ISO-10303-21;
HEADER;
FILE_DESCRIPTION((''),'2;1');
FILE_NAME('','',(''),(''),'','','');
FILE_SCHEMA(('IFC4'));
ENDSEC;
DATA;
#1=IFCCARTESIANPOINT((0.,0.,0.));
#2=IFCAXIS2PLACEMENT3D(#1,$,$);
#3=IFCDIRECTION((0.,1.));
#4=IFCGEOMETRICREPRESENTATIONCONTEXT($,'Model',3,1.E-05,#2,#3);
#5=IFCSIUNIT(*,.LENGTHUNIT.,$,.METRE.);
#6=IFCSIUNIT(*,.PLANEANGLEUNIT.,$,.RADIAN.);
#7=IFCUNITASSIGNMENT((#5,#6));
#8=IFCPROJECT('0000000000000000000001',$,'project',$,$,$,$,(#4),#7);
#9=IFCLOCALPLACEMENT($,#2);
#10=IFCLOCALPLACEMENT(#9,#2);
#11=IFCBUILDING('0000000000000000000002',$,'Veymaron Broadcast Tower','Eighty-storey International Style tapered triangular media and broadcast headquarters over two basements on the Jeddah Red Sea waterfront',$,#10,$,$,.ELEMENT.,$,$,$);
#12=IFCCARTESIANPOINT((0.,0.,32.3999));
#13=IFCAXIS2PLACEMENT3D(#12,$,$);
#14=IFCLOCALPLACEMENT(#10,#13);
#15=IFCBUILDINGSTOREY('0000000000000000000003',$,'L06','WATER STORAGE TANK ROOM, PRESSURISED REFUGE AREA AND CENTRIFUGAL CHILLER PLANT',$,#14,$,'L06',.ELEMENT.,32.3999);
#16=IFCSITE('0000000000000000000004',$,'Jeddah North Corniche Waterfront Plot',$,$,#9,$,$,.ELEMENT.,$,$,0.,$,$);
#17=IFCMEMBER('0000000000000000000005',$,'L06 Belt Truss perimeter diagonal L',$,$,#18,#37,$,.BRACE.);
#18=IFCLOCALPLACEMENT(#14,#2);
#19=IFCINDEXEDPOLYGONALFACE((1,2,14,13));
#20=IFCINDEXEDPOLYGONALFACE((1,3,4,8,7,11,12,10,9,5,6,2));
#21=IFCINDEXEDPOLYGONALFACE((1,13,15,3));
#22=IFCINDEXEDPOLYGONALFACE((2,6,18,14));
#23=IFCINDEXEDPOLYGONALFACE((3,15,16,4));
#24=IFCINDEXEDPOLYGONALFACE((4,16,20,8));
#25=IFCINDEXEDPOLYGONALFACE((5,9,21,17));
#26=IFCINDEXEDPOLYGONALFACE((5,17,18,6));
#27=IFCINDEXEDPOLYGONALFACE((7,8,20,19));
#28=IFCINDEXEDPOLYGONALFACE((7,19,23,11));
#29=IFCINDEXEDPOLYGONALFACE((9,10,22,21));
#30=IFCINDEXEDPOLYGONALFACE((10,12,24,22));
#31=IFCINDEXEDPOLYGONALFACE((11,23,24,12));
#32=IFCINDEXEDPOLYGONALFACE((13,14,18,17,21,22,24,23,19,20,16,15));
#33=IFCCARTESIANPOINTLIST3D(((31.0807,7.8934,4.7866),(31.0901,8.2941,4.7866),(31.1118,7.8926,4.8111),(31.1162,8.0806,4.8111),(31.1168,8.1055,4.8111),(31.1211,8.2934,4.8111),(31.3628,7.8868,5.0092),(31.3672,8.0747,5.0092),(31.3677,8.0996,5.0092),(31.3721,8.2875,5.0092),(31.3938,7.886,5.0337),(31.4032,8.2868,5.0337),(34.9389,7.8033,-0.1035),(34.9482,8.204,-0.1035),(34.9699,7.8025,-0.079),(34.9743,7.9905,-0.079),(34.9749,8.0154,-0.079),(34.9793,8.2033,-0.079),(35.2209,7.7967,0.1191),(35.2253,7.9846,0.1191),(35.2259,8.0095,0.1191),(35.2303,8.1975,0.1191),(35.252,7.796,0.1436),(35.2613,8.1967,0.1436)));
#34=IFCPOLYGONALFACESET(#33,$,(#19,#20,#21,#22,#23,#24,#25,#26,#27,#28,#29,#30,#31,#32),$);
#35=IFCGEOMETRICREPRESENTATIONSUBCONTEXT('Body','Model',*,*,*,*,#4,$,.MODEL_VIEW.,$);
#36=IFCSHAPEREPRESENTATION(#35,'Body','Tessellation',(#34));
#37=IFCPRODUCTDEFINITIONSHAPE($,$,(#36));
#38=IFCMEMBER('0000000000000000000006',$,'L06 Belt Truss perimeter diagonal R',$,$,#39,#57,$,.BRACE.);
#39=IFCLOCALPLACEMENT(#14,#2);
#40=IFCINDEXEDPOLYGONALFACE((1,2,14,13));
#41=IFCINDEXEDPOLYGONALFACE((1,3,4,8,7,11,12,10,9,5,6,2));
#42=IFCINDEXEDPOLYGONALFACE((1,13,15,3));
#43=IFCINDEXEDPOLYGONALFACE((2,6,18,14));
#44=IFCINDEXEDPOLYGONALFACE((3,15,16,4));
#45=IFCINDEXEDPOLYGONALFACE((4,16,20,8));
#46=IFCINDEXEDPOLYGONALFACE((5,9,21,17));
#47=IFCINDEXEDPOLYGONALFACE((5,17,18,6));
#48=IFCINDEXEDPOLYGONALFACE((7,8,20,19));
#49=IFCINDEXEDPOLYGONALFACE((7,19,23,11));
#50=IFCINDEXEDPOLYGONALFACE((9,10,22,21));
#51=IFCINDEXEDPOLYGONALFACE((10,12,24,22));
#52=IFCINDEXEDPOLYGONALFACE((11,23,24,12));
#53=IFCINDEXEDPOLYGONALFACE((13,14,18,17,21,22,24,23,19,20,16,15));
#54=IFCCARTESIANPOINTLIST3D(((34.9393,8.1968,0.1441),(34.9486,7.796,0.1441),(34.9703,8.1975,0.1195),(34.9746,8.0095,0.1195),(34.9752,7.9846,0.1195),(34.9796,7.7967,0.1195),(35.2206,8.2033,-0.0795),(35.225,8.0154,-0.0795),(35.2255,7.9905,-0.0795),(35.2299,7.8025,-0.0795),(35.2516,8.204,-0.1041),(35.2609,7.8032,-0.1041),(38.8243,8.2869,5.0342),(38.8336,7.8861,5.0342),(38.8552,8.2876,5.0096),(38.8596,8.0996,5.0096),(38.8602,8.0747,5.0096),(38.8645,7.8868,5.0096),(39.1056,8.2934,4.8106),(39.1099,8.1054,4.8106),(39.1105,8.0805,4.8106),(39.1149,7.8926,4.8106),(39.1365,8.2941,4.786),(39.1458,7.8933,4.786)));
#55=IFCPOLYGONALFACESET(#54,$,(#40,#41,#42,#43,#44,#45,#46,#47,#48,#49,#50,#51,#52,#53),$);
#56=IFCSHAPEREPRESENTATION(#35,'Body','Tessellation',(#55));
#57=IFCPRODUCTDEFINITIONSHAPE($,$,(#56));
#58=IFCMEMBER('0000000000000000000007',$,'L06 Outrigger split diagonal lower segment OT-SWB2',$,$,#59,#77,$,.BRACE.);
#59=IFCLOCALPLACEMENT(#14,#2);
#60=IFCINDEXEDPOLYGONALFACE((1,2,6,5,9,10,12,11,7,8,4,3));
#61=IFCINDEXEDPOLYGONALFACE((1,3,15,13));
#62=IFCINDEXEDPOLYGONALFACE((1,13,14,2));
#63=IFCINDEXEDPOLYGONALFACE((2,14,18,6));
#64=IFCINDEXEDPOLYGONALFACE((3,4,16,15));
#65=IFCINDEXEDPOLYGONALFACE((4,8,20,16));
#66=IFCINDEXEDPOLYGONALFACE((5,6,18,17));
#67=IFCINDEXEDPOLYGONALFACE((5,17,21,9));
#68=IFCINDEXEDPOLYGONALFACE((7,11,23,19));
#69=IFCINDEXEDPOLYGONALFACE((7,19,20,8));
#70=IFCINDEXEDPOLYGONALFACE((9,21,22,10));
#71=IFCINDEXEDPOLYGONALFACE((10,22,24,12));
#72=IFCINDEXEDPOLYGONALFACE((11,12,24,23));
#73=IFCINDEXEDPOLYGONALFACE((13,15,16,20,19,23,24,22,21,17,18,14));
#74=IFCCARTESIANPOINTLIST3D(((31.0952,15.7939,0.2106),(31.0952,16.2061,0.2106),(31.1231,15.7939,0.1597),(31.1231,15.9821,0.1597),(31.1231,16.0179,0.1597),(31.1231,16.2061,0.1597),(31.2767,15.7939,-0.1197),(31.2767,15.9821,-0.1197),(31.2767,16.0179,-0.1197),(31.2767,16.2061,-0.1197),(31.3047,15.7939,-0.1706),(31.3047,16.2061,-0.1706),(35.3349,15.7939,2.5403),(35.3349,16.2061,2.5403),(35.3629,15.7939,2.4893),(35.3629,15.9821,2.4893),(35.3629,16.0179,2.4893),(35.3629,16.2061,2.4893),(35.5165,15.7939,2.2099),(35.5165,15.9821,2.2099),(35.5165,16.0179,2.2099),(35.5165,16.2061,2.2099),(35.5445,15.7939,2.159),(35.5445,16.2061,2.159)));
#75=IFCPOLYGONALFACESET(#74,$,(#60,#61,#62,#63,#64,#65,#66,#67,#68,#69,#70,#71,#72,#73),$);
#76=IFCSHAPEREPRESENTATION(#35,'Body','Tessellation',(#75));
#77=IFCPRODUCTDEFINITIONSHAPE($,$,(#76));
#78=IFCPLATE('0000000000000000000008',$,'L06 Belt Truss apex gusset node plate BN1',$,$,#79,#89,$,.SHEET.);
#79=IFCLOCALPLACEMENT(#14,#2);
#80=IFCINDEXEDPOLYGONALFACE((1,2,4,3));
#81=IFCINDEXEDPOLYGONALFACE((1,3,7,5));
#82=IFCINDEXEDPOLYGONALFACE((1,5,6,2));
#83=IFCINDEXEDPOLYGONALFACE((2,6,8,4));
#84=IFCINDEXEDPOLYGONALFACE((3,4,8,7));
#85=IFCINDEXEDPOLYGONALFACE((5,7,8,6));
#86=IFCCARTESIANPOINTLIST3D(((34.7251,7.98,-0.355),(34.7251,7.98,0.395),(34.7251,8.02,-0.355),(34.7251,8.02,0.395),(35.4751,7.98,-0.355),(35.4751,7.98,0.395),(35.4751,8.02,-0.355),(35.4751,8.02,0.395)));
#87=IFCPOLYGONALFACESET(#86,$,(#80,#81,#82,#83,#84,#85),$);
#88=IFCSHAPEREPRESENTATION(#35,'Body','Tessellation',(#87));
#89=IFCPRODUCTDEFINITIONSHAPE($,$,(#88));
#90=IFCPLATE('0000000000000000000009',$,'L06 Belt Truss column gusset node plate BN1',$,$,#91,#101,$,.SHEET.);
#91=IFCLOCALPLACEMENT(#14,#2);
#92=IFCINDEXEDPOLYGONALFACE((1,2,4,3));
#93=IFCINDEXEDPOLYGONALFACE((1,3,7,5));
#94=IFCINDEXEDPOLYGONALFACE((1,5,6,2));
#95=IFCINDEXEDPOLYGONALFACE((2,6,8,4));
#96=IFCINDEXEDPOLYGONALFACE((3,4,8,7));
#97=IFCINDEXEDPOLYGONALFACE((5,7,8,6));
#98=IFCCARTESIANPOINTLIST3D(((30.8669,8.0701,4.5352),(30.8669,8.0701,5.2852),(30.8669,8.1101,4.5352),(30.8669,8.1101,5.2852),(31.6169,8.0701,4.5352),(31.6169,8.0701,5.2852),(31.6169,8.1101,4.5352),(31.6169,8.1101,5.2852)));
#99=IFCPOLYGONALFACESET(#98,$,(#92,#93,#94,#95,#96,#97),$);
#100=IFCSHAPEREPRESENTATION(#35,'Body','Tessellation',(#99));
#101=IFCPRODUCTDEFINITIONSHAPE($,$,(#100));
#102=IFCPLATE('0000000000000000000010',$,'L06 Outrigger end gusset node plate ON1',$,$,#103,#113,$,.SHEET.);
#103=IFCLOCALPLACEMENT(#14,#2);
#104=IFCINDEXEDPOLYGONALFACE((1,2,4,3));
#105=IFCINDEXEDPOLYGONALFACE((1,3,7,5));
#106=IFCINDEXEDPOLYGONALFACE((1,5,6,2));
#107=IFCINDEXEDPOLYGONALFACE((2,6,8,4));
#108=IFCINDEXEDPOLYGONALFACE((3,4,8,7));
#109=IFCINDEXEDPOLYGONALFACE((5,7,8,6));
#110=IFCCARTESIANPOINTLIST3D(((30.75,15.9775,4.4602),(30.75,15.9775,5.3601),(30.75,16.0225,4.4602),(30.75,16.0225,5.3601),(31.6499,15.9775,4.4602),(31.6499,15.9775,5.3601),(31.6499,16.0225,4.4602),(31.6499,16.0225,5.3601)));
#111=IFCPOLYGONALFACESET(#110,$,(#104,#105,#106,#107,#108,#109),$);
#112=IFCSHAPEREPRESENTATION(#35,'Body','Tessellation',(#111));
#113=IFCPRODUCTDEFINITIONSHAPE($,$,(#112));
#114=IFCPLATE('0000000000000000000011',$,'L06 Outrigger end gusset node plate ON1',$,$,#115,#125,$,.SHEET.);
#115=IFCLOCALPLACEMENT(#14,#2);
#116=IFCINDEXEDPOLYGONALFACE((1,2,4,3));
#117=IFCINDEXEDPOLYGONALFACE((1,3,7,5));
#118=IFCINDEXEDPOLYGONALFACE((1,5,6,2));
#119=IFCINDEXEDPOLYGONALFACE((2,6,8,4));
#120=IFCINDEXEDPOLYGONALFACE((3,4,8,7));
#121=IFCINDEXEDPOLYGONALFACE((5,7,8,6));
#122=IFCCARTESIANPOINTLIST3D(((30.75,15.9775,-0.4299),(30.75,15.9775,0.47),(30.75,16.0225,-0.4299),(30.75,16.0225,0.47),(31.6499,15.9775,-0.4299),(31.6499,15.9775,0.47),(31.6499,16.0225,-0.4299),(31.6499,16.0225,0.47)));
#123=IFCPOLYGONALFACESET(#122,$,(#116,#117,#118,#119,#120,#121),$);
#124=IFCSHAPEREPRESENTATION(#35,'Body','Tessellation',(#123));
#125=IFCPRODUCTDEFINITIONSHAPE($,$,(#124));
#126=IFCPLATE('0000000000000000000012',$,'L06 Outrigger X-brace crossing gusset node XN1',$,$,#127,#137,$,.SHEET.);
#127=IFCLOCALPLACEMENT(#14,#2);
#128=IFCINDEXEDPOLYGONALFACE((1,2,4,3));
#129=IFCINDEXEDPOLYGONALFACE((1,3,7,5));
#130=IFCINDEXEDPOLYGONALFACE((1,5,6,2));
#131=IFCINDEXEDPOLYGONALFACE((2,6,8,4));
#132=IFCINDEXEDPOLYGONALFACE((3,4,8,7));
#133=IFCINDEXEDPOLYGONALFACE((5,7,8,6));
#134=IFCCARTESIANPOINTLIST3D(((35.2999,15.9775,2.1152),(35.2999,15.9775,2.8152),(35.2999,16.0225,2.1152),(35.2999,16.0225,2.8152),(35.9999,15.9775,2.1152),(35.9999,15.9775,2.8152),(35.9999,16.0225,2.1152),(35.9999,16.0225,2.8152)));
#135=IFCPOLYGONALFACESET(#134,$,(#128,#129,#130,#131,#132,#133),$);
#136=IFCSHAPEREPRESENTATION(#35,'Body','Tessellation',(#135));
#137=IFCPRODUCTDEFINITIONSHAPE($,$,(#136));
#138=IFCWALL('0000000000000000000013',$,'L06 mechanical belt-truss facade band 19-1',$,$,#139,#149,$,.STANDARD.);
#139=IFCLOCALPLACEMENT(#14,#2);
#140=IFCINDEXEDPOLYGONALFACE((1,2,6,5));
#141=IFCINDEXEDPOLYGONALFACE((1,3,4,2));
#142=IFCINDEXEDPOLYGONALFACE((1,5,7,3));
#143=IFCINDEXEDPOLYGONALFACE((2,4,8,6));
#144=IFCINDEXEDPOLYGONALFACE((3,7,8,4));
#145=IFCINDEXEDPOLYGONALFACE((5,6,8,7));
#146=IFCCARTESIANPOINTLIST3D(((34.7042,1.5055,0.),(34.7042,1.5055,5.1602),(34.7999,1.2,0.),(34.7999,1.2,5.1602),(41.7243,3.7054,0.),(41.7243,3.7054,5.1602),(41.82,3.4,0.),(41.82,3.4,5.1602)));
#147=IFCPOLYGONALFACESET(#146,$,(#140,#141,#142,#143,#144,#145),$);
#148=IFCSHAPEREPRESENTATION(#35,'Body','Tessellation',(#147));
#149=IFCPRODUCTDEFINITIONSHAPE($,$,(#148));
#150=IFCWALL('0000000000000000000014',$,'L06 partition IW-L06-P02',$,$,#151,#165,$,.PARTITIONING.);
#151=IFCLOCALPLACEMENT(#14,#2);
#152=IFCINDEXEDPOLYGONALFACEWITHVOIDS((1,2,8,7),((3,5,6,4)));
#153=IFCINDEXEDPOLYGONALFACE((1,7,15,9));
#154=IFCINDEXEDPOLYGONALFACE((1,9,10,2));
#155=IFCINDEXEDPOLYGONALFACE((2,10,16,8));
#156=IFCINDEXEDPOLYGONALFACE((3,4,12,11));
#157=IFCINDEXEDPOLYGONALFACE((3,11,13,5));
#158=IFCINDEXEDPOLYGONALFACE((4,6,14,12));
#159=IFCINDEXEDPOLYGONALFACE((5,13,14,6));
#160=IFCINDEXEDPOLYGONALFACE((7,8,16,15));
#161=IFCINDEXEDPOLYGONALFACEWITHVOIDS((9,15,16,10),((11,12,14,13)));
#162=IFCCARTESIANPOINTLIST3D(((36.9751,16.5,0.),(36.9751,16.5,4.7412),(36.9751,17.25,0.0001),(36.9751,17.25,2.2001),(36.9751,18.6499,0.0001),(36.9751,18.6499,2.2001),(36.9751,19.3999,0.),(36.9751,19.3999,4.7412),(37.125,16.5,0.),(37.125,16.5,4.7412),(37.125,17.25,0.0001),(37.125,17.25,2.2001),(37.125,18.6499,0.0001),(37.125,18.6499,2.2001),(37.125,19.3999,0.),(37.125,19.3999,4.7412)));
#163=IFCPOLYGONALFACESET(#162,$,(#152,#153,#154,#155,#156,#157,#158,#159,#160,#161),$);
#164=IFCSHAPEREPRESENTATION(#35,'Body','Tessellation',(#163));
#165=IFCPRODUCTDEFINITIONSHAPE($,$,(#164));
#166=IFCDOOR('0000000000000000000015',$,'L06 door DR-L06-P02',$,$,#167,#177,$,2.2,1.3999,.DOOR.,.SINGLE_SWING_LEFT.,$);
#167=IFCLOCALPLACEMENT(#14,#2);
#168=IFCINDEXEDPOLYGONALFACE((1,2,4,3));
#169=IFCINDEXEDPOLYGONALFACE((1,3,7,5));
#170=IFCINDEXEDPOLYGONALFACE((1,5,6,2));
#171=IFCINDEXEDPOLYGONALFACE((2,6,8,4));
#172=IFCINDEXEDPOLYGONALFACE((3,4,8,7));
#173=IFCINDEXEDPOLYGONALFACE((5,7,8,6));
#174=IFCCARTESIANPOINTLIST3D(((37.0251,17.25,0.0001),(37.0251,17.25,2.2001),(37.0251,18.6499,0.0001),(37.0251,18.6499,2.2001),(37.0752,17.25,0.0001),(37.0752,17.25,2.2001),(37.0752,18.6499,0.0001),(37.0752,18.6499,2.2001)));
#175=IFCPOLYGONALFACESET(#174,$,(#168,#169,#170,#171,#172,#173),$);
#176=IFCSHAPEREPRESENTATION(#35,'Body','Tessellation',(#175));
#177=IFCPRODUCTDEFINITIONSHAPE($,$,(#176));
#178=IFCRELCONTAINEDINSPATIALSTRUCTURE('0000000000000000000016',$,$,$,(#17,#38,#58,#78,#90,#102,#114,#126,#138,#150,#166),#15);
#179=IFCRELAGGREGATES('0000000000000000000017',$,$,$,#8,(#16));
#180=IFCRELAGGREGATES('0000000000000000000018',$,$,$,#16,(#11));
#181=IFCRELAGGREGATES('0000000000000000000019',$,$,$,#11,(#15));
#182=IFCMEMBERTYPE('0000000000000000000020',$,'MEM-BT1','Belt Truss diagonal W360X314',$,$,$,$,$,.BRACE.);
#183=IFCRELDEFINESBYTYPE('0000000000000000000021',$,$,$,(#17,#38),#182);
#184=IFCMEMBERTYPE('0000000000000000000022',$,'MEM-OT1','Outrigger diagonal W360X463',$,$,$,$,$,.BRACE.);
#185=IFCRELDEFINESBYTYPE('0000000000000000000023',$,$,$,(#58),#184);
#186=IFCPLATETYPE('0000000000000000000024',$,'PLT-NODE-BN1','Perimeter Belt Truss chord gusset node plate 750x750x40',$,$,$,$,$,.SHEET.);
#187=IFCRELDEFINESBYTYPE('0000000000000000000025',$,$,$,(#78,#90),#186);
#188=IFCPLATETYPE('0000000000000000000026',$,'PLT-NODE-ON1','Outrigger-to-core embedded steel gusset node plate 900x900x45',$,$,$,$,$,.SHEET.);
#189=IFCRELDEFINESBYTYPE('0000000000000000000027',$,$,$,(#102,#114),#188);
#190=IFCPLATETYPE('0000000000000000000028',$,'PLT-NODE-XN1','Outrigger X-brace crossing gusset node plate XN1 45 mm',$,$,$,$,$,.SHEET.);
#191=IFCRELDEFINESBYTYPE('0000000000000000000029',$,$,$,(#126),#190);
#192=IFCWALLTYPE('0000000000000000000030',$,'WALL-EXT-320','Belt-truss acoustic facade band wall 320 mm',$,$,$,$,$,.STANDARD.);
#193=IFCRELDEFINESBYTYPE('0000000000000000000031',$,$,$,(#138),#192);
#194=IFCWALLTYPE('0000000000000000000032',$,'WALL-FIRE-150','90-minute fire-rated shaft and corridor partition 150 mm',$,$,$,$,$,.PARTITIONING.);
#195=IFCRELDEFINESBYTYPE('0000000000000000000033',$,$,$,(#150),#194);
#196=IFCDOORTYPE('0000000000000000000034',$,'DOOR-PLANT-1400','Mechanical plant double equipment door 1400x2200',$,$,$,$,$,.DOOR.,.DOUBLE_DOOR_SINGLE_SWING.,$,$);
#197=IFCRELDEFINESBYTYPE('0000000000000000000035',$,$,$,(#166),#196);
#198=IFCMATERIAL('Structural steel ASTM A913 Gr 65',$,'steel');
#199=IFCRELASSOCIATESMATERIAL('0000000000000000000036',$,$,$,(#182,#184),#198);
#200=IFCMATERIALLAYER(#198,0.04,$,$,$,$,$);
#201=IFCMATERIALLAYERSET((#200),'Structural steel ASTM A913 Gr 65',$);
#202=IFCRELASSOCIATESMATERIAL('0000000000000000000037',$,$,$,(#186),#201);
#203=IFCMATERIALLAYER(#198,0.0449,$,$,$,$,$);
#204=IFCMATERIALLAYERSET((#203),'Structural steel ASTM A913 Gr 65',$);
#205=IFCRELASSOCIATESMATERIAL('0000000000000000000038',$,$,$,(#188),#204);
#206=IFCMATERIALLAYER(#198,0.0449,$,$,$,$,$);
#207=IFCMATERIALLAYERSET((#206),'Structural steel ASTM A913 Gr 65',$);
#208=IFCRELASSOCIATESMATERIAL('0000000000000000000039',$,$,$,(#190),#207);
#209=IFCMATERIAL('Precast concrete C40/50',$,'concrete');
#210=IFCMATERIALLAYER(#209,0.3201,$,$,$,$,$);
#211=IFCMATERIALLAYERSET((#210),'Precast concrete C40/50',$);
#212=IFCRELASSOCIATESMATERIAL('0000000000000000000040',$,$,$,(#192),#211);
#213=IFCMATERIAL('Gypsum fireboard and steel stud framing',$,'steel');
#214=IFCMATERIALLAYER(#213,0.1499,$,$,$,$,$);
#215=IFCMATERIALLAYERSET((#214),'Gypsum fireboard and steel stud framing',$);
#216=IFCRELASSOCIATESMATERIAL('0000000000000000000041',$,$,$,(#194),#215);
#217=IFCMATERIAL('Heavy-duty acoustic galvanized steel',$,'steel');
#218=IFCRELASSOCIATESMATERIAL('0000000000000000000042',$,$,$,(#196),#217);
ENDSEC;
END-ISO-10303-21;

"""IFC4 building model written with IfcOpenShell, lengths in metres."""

from ifc_helpers import new_model, si_unit, direction, frame, frame_2d, origin, origin_2d, place, context, subcontext, project, spatial, rectangle, i_section, extrude, material, layer, layer_set, material_profile, profile_set, type_object, element, fill, save


model = new_model("IFC4")

# Units and contexts
model_context = context("Model", 3, precision=1e-05, world=origin(), true_north=direction((0.0, 1.0)))
body_context = subcontext(model_context, "Body", "Model", "MODEL_VIEW")
ifc_project = project(units=[si_unit("LENGTHUNIT", "METRE"), si_unit("PLANEANGLEUNIT", "RADIAN")], contexts=[model_context])

# Site, building, storey
site_placement = place(None, origin())
site = spatial("IfcSite", under=ifc_project, at=site_placement, Name="Jeddah North Corniche Waterfront Plot", CompositionType="ELEMENT", RefElevation=0.0)
building_placement = place(site_placement, origin())
building = spatial("IfcBuilding", under=site, at=building_placement, Name="Veymaron Broadcast Tower", Description="Eighty-storey International Style tapered triangular media and broadcast headquarters over two basements on the Jeddah Red Sea waterfront", CompositionType="ELEMENT")
storey_placement = place(building_placement, frame((0.0, 0.0, 32.3999)))
storey = spatial("IfcBuildingStorey", under=building, at=storey_placement, Name="L06", Description="WATER STORAGE TANK ROOM, PRESSURISED REFUGE AREA AND CENTRIFUGAL CHILLER PLANT", LongName="L06", CompositionType="ELEMENT", Elevation=32.3999)

# Members
ifc_material_1 = material(Name="Structural steel ASTM A913 Gr 65", Category="steel")
ifc_material_profile_1 = material_profile(ifc_material_1, i_section(OverallWidth=0.4009, OverallDepth=0.3989, WebThickness=0.0249, FlangeThickness=0.0396, at=origin_2d()), Name="W360X314")
ifc_profile_set_1 = profile_set([ifc_material_profile_1], Name="Structural steel ASTM A913 Gr 65")
member_type_1 = type_object("IfcMemberType", Name="MEM-BT1", Description="Belt Truss diagonal W360X314", PredefinedType="BRACE", material=ifc_profile_set_1)
member_1_placement = place(storey_placement, frame((35.1001, 8.0, 0.02), z_axis=(-0.619334, 0.014461, 0.784994), x_axis=(-0.023344, -0.999728, 0.0)))
element("IfcMember", 1, at=member_1_placement, inside=storey, type_object=member_type_1, Name="L06 Belt Truss perimeter diagonal L", PredefinedType="BRACE", context=body_context, shape_type="SweptSolid", body=[
    extrude(i_section(OverallWidth=0.4009, OverallDepth=0.3989, WebThickness=0.0249, FlangeThickness=0.0396, at=origin_2d()), origin(), (0.0, 0.0, 1.0), 6.2295),
])
member_2_placement = place(storey_placement, frame((35.1001, 8.0, 0.02), z_axis=(0.621981, 0.014423, 0.782899), x_axis=(-0.023182, 0.999731, 0.0)))
element("IfcMember", 2, at=member_2_placement, inside=storey, type_object=member_type_1, Name="L06 Belt Truss perimeter diagonal R", PredefinedType="BRACE", context=body_context, shape_type="SweptSolid", body=[
    extrude(i_section(OverallWidth=0.4009, OverallDepth=0.3989, WebThickness=0.0249, FlangeThickness=0.0396, at=origin_2d()), origin(), (0.0, 0.0, 1.0), 6.2461),
])
ifc_material_profile_2 = material_profile(ifc_material_1, i_section(OverallWidth=0.4121, OverallDepth=0.4351, WebThickness=0.0359, FlangeThickness=0.0581, at=origin_2d()), Name="W360X463")
ifc_profile_set_2 = profile_set([ifc_material_profile_2], Name="Structural steel ASTM A913 Gr 65")
member_type_2 = type_object("IfcMemberType", Name="MEM-OT1", Description="Outrigger diagonal W360X463", PredefinedType="BRACE", material=ifc_profile_set_2)
member_3_placement = place(storey_placement, frame((35.4397, 16.0, 2.3496), z_axis=(-0.876414, 0.0, -0.481558), x_axis=(0.0, -1.0, 0.0)))
element("IfcMember", 3, at=member_3_placement, inside=storey, type_object=member_type_2, Name="L06 Outrigger split diagonal lower segment OT-SWB2", PredefinedType="BRACE", context=body_context, shape_type="SweptSolid", body=[
    extrude(i_section(OverallWidth=0.4121, OverallDepth=0.4351, WebThickness=0.0359, FlangeThickness=0.0581, at=origin_2d()), origin(), (0.0, 0.0, 1.0), 4.8376),
])

# Plates
ifc_layer_1 = layer(ifc_material_1, 0.04)
ifc_layer_set_1 = layer_set([ifc_layer_1], Name="Structural steel ASTM A913 Gr 65")
plate_type_1 = type_object("IfcPlateType", Name="PLT-NODE-BN1", Description="Perimeter Belt Truss chord gusset node plate 750x750x40", PredefinedType="SHEET", material=ifc_layer_set_1)
for number, where, z_axis, x_axis, name in (
    (4, (35.1001, 8.0, -0.355), (0.0, 0.0, 1.0), (1.0, 0.0, 0.0), "L06 Belt Truss apex gusset node plate BN1"),
    (5, (31.2419, 8.0901, 4.5352), (0.0, 0.0, 1.0), (1.0, 0.0, 0.0), "L06 Belt Truss column gusset node plate BN1"),
):
    element("IfcPlate", number, at=place(storey_placement, frame(where, z_axis=z_axis, x_axis=x_axis)), inside=storey, type_object=plate_type_1, Name=name, PredefinedType="SHEET", context=body_context, shape_type="SweptSolid", body=[
        extrude(rectangle(XDim=0.75, YDim=0.04, at=origin_2d()), origin(), (0.0, 0.0, 1.0), 0.75),
    ])
ifc_layer_2 = layer(ifc_material_1, 0.0449)
ifc_layer_set_2 = layer_set([ifc_layer_2], Name="Structural steel ASTM A913 Gr 65")
plate_type_2 = type_object("IfcPlateType", Name="PLT-NODE-ON1", Description="Outrigger-to-core embedded steel gusset node plate 900x900x45", PredefinedType="SHEET", material=ifc_layer_set_2)
for number, where, z_axis, x_axis, name in (
    (6, (31.2, 16.0, 4.4602), (0.0, 0.0, 1.0), (1.0, 0.0, 0.0), "L06 Outrigger end gusset node plate ON1"),
    (7, (31.2, 16.0, -0.4299), (0.0, 0.0, 1.0), (1.0, 0.0, 0.0), "L06 Outrigger end gusset node plate ON1"),
):
    element("IfcPlate", number, at=place(storey_placement, frame(where, z_axis=z_axis, x_axis=x_axis)), inside=storey, type_object=plate_type_2, Name=name, PredefinedType="SHEET", context=body_context, shape_type="SweptSolid", body=[
        extrude(rectangle(XDim=0.8999, YDim=0.0449, at=origin_2d()), origin(), (0.0, 0.0, 1.0), 0.8999),
    ])
ifc_layer_3 = layer(ifc_material_1, 0.0449)
ifc_layer_set_3 = layer_set([ifc_layer_3], Name="Structural steel ASTM A913 Gr 65")
plate_type_3 = type_object("IfcPlateType", Name="PLT-NODE-XN1", Description="Outrigger X-brace crossing gusset node plate XN1 45 mm", PredefinedType="SHEET", material=ifc_layer_set_3)
plate_placement = place(storey_placement, frame((35.6499, 16.0, 2.1152), z_axis=(0.0, 0.0, 1.0), x_axis=(1.0, 0.0, 0.0)))
element("IfcPlate", 8, at=plate_placement, inside=storey, type_object=plate_type_3, Name="L06 Outrigger X-brace crossing gusset node XN1", PredefinedType="SHEET", context=body_context, shape_type="SweptSolid", body=[
    extrude(rectangle(XDim=0.7, YDim=0.0449, at=origin_2d()), origin(), (0.0, 0.0, 1.0), 0.7),
])

# Wall
ifc_material_2 = material(Name="Precast concrete C40/50", Category="concrete")
ifc_layer_4 = layer(ifc_material_2, 0.3201)
ifc_layer_set_4 = layer_set([ifc_layer_4], Name="Precast concrete C40/50")
wall_type_1 = type_object("IfcWallType", Name="WALL-EXT-320", Description="Belt-truss acoustic facade band wall 320 mm", PredefinedType="STANDARD", material=ifc_layer_set_4)
wall_1_placement = place(storey_placement, frame((34.7522, 1.3528, 0.0), z_axis=(0.0, 0.0, 1.0), x_axis=(0.95424, 0.299042, 0.0)))
element("IfcWall", 9, at=wall_1_placement, inside=storey, type_object=wall_type_1, Name="L06 mechanical belt-truss facade band 19-1", PredefinedType="STANDARD", context=body_context, shape_type="SweptSolid", body=[
    extrude(rectangle(XDim=7.3567, YDim=0.3201, at=frame_2d((3.6782, 0.0))), origin(), (0.0, 0.0, 1.0), 5.1602),
])

# Wall, opening, door
ifc_material_3 = material(Name="Gypsum fireboard and steel stud framing", Category="steel")
ifc_layer_5 = layer(ifc_material_3, 0.1499)
ifc_layer_set_5 = layer_set([ifc_layer_5], Name="Gypsum fireboard and steel stud framing")
wall_type_2 = type_object("IfcWallType", Name="WALL-FIRE-150", Description="90-minute fire-rated shaft and corridor partition 150 mm", PredefinedType="PARTITIONING", material=ifc_layer_set_5)
wall_2_placement = place(storey_placement, frame((37.05, 16.5, 0.0), z_axis=(0.0, 0.0, 1.0), x_axis=(0.0, 1.0, 0.0)))
wall_2 = element("IfcWall", 10, at=wall_2_placement, inside=storey, type_object=wall_type_2, Name="L06 partition IW-L06-P02", PredefinedType="PARTITIONING", context=body_context, shape_type="SweptSolid", body=[
    extrude(rectangle(XDim=2.8999, YDim=0.1499, at=frame_2d((1.45, 0.0))), origin(), (0.0, 0.0, 1.0), 4.7412),
])
opening_1_placement = place(wall_2_placement, frame((0.75, 0.0, 0.0)))
opening_1 = element("IfcOpeningElement", 11, at=opening_1_placement, cuts=wall_2, PredefinedType="OPENING", context=body_context, shape_type="SweptSolid", body=[
    extrude(rectangle(XDim=1.3999, YDim=2.2, at=frame_2d((0.7, 1.1001))), frame((0.0, 0.085, 0.0), z_axis=(0.0, -1.0, 0.0), x_axis=(1.0, 0.0, 0.0)), (0.0, 0.0, 1.0), 0.1699),
])
ifc_material_4 = material(Name="Heavy-duty acoustic galvanized steel", Category="steel")
door_type_1 = type_object("IfcDoorType", Name="DOOR-PLANT-1400", Description="Mechanical plant double equipment door 1400x2200", OperationType="DOUBLE_DOOR_SINGLE_SWING", PredefinedType="DOOR", material=ifc_material_4)
door_1_placement = place(opening_1_placement, origin())
door_1 = element("IfcDoor", 12, at=door_1_placement, inside=storey, type_object=door_type_1, Name="L06 door DR-L06-P02", OperationType="SINGLE_SWING_LEFT", OverallHeight=2.2, OverallWidth=1.3999, PredefinedType="DOOR", context=body_context, shape_type="SweptSolid", body=[
    extrude(rectangle(XDim=1.3999, YDim=2.2, at=frame_2d((0.7, 1.1001))), frame((0.0, 0.0249, 0.0), z_axis=(0.0, -1.0, 0.0), x_axis=(1.0, 0.0, 0.0)), (0.0, 0.0, 1.0), 0.05),
])
fill(opening_1, door_1)

save(model, "model.ifc")
